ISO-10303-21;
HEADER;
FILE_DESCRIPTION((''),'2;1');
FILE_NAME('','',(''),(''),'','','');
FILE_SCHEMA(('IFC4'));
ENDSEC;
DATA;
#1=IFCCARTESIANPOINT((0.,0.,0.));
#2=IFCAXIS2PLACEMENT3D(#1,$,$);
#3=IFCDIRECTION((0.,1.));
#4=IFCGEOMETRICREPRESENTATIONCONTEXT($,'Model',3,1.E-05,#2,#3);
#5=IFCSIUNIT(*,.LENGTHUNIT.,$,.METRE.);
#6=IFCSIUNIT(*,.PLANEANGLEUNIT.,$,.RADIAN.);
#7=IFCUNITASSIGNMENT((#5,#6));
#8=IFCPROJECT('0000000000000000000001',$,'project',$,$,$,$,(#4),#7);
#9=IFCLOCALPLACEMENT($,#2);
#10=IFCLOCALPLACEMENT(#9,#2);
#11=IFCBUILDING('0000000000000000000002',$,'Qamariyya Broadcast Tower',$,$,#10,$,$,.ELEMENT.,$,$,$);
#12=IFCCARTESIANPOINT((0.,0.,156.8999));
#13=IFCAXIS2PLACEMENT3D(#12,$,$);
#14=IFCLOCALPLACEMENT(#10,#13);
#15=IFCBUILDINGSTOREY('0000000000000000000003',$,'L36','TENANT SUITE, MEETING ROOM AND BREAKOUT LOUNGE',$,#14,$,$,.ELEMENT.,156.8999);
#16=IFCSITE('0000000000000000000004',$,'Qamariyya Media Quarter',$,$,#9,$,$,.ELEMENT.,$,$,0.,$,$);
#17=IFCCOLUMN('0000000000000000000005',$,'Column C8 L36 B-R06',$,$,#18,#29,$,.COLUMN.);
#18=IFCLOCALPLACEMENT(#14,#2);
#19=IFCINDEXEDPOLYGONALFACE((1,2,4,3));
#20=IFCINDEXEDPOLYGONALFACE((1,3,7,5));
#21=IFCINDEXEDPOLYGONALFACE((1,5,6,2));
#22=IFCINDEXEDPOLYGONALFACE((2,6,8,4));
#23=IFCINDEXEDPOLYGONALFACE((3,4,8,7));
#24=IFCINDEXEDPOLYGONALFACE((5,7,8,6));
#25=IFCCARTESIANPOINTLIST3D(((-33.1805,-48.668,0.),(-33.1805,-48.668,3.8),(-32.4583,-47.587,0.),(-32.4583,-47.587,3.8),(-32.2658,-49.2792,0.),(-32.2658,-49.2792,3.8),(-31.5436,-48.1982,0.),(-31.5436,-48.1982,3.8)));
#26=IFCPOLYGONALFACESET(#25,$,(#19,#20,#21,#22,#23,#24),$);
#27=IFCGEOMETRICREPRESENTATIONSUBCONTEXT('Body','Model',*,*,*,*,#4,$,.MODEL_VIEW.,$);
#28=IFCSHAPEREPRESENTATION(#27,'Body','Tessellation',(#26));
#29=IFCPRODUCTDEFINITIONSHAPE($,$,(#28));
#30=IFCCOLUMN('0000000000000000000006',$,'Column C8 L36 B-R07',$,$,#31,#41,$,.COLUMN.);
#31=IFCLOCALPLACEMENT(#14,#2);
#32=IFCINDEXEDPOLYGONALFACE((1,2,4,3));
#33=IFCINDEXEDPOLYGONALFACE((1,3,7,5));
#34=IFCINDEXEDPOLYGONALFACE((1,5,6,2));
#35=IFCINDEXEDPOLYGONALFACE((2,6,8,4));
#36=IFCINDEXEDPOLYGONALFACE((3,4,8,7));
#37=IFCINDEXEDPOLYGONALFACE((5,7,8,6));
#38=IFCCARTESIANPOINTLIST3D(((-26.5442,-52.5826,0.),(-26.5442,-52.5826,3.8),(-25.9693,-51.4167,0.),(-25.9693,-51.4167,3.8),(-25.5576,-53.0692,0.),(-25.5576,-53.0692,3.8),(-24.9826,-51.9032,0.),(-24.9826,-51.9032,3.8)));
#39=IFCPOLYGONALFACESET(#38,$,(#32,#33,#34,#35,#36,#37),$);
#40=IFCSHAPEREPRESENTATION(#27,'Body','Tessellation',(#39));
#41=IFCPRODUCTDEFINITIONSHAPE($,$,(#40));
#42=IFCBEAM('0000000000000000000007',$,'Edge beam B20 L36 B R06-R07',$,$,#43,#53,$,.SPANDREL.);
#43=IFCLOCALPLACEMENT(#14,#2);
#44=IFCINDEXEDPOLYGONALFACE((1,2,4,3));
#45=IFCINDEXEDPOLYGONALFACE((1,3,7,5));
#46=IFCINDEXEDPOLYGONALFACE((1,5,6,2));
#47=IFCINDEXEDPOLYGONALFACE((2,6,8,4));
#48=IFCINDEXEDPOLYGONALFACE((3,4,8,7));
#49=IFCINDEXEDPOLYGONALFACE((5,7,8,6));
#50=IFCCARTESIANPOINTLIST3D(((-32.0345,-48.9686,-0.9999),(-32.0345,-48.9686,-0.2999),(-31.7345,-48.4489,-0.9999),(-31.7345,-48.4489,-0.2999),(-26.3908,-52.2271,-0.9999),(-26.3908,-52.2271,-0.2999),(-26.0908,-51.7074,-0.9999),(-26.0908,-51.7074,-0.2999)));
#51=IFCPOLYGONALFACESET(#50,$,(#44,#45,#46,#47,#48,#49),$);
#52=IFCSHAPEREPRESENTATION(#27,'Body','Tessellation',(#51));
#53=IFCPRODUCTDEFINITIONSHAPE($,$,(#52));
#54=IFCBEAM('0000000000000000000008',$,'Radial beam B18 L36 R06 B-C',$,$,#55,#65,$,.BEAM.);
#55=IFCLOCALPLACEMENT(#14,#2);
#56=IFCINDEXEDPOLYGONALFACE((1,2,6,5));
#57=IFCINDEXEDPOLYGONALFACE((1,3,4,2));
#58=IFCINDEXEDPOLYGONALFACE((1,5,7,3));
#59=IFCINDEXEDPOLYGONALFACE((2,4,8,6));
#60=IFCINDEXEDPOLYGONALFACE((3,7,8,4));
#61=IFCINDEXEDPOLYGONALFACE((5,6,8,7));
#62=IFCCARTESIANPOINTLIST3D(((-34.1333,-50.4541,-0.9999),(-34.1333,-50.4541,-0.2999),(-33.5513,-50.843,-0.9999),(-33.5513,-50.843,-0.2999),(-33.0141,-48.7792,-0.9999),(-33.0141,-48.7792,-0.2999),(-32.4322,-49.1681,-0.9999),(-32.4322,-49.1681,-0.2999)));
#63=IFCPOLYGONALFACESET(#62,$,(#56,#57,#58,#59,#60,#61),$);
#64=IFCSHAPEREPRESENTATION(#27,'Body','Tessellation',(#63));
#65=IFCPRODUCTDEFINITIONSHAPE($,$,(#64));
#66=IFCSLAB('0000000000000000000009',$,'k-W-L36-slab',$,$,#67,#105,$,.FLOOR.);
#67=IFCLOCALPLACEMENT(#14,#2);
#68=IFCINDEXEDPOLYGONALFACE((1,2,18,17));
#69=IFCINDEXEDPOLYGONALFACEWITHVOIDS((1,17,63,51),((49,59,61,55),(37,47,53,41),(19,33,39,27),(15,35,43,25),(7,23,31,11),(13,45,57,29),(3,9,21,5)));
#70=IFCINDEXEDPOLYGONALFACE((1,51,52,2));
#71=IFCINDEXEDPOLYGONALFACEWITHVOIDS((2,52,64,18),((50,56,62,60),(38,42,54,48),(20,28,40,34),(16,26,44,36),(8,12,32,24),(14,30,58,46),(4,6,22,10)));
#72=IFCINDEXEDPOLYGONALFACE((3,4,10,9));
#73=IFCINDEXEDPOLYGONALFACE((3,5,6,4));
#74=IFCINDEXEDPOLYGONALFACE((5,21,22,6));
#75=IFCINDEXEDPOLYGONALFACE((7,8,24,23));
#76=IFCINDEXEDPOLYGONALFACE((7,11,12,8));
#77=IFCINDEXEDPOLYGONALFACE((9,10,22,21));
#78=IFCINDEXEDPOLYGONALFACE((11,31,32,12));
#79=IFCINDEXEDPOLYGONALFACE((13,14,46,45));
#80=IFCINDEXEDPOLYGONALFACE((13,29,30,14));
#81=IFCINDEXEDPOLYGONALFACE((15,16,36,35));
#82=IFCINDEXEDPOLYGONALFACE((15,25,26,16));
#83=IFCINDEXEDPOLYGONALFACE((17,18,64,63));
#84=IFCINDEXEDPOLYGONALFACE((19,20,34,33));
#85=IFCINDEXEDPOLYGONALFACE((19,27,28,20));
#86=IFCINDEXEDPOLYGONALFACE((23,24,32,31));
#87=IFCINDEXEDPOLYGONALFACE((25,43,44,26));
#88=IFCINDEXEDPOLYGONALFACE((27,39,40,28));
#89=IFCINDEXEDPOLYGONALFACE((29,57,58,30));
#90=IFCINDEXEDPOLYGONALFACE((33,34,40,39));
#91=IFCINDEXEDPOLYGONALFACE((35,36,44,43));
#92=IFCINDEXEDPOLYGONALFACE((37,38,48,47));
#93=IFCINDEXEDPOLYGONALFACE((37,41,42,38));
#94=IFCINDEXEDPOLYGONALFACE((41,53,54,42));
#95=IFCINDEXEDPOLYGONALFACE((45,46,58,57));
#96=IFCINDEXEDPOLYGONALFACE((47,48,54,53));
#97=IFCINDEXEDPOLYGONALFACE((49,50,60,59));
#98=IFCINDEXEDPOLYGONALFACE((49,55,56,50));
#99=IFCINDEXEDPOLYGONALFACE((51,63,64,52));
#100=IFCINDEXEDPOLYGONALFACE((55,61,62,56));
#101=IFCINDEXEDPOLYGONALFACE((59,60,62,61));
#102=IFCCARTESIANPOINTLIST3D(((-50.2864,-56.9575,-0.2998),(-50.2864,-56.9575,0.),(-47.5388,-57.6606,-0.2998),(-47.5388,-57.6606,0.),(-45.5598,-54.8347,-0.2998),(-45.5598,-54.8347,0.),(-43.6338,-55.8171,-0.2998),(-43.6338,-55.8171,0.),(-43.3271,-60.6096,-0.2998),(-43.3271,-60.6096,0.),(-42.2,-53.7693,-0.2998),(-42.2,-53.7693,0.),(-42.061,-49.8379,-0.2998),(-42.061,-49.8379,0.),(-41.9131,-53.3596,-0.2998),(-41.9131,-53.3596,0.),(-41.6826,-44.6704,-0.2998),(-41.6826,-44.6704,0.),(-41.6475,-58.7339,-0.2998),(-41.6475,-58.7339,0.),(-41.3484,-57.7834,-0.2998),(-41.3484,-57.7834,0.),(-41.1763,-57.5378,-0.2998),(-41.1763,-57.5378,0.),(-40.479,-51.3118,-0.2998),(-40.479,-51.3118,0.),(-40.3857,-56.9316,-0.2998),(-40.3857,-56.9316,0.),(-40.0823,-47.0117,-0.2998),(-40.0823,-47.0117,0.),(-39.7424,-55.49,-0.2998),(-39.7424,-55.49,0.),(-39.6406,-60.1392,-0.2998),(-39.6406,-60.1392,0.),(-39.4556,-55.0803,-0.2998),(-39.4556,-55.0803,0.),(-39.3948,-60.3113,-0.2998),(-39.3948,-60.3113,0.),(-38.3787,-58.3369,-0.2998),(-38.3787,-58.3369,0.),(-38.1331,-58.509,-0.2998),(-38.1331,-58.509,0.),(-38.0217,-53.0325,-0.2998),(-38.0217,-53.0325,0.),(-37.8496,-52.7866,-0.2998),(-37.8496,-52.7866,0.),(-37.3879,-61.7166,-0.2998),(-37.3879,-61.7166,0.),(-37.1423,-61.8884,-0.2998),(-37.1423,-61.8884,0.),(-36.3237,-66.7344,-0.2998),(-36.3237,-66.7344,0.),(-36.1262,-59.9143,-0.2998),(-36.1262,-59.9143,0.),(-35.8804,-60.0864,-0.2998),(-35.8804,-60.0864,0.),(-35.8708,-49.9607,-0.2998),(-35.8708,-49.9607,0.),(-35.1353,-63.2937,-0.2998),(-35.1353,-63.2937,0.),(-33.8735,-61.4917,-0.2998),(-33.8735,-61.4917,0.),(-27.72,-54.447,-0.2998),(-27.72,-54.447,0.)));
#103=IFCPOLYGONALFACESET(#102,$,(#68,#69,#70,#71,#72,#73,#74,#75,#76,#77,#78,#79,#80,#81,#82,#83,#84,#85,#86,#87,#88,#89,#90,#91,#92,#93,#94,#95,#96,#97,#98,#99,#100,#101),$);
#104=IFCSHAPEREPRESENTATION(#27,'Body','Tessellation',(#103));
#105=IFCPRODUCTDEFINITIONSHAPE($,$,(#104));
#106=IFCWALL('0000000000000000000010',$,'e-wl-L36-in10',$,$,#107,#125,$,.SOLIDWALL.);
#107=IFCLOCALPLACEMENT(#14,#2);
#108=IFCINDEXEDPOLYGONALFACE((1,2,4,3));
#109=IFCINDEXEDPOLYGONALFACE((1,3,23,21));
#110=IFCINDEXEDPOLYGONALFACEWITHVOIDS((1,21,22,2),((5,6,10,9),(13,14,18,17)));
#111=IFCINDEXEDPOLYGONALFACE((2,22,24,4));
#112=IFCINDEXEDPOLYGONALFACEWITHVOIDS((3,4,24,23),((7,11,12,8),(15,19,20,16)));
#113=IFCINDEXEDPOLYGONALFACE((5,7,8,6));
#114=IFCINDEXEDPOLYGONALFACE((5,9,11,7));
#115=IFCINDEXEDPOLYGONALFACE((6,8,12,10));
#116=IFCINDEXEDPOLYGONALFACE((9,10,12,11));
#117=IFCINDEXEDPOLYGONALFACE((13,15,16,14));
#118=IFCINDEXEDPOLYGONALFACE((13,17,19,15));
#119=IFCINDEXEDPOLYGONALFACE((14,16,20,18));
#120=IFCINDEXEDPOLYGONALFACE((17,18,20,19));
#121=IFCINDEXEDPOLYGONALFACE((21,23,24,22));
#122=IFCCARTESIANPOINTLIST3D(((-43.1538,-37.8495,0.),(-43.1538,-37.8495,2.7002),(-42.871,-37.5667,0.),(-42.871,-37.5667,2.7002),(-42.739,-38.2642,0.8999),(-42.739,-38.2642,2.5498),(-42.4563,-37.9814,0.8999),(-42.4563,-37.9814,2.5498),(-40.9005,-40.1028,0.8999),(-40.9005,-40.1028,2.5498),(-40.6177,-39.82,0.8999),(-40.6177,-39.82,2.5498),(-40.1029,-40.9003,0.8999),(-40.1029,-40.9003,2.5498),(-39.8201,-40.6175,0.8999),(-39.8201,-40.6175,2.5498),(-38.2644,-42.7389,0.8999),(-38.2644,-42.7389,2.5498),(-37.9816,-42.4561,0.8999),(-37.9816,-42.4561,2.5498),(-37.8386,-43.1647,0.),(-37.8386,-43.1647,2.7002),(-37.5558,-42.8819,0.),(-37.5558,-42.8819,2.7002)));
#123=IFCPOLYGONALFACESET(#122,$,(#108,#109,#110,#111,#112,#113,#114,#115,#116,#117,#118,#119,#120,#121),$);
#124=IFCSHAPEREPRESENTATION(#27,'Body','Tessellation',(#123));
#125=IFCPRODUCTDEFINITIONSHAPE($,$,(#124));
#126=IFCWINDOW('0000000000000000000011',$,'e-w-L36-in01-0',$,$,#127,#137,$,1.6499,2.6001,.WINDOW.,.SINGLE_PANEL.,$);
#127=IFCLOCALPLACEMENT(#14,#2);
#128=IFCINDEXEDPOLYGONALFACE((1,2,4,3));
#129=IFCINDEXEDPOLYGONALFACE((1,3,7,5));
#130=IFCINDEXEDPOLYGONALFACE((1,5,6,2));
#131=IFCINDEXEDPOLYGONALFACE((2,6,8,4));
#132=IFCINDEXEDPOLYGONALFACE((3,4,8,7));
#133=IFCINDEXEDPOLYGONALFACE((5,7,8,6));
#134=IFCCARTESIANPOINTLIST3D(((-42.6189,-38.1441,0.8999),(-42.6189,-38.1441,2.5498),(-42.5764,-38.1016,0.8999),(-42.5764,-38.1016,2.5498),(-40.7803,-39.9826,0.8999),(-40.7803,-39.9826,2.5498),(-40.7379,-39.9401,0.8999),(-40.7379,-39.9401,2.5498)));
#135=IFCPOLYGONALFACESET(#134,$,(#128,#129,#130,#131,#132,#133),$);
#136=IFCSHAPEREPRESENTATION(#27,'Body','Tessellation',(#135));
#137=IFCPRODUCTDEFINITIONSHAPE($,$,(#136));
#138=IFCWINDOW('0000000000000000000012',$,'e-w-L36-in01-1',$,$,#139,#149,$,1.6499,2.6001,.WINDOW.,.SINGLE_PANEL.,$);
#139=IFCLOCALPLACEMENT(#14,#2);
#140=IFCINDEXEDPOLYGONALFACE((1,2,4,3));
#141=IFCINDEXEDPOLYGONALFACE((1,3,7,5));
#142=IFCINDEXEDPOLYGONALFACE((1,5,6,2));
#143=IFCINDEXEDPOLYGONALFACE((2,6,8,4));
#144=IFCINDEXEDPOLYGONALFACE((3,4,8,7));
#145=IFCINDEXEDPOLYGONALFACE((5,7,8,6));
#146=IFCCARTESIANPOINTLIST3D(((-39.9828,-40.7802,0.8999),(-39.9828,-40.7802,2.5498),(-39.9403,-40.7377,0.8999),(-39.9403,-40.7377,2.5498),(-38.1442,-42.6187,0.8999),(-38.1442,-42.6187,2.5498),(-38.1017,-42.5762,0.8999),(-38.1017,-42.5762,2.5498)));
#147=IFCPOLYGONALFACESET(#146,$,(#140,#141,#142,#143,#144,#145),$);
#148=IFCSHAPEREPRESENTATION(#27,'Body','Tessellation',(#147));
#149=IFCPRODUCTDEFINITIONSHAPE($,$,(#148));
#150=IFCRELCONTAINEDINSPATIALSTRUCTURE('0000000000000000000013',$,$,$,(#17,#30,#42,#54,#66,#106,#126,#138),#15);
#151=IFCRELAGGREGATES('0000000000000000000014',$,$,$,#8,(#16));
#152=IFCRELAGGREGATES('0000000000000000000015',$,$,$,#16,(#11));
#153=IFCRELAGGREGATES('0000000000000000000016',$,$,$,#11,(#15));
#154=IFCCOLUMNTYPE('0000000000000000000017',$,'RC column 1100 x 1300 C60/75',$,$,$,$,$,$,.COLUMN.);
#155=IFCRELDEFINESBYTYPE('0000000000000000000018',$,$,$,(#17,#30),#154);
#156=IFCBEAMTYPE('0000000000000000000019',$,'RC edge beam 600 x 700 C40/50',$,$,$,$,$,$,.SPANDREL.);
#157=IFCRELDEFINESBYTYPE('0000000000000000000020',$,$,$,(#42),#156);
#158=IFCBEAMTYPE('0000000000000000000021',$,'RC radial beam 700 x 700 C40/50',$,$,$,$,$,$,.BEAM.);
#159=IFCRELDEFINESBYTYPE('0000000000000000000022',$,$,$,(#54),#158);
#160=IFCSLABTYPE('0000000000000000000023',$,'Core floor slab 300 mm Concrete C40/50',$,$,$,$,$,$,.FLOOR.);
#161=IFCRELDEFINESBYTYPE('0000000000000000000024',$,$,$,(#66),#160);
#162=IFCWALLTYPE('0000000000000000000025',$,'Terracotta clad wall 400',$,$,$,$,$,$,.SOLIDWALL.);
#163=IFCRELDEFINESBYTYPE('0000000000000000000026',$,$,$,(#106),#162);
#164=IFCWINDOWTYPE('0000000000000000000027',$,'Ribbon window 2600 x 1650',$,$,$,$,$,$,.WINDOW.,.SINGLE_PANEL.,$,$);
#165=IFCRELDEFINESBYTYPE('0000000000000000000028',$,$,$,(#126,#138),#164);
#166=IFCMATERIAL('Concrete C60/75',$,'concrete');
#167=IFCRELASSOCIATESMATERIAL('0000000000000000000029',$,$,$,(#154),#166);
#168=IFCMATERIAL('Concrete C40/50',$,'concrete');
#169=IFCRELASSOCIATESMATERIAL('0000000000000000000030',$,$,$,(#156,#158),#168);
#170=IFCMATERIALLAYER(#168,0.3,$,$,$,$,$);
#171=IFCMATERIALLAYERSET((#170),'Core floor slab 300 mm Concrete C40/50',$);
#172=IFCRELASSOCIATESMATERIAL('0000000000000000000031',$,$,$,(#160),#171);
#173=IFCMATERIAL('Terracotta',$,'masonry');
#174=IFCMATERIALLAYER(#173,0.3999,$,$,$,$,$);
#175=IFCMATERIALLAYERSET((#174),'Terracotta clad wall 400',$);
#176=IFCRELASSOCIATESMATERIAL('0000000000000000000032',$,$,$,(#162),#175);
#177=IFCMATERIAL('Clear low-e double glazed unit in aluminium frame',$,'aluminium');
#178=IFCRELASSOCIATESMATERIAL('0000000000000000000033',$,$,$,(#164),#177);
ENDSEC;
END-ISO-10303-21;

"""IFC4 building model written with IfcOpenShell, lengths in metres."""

from ifc_helpers import new_model, si_unit, direction, frame, frame_2d, origin, origin_2d, place, context, subcontext, project, spatial, polyline, rectangle, outline, extrude, material, layer, layer_set, material_profile, profile_set, type_object, element, fill, save


model = new_model("IFC4")

# Units and contexts
model_context = context("Model", 3, precision=1e-05, world=origin(), true_north=direction((0.0, 1.0)))
body_context = subcontext(model_context, "Body", "Model", "MODEL_VIEW")
ifc_project = project(units=[si_unit("LENGTHUNIT", "METRE"), si_unit("PLANEANGLEUNIT", "RADIAN")], contexts=[model_context])

# Site, building, storey
site_placement = place(None, origin())
site = spatial("IfcSite", under=ifc_project, at=site_placement, Name="Qamariyya Media Quarter", CompositionType="ELEMENT", RefElevation=0.0)
building_placement = place(site_placement, origin())
building = spatial("IfcBuilding", under=site, at=building_placement, Name="Qamariyya Broadcast Tower", CompositionType="ELEMENT")
storey_placement = place(building_placement, frame((0.0, 0.0, 156.8999)))
storey = spatial("IfcBuildingStorey", under=building, at=storey_placement, Name="L36", Description="TENANT SUITE, MEETING ROOM AND BREAKOUT LOUNGE", CompositionType="ELEMENT", Elevation=156.8999)

# Columns
ifc_material_1 = material(Name="Concrete C60/75", Category="concrete")
ifc_material_profile_1 = material_profile(ifc_material_1, rectangle(XDim=1.1001, YDim=1.3, at=origin_2d()))
ifc_profile_set_1 = profile_set([ifc_material_profile_1], Name="Concrete C60/75")
column_type = type_object("IfcColumnType", Name="RC column 1100 x 1300 C60/75", PredefinedType="COLUMN", material=ifc_profile_set_1)
for number, where, z_axis, x_axis, name in (
    (1, (-32.3621, -48.4331, 0.0), (0.0, 0.0, 1.0), (0.83147, -0.55557, 0.0), "Column C8 L36 B-R06"),
    (2, (-25.7634, -52.2429, 0.0), (0.0, 0.0, 1.0), (0.896873, -0.442289, 0.0), "Column C8 L36 B-R07"),
):
    element("IfcColumn", number, at=place(storey_placement, frame(where, z_axis=z_axis, x_axis=x_axis)), inside=storey, type_object=column_type, Name=name, PredefinedType="COLUMN", context=body_context, shape_type="SweptSolid", body=[
        extrude(rectangle(XDim=1.1001, YDim=1.3, at=origin_2d()), origin(), (0.0, 0.0, 1.0), 3.8),
    ])

# Beams
ifc_material_2 = material(Name="Concrete C40/50", Category="concrete")
ifc_material_profile_2 = material_profile(ifc_material_2, rectangle(XDim=0.6001, YDim=0.7, at=origin_2d()))
ifc_profile_set_2 = profile_set([ifc_material_profile_2], Name="Concrete C40/50")
beam_type_1 = type_object("IfcBeamType", Name="RC edge beam 600 x 700 C40/50", PredefinedType="SPANDREL", material=ifc_profile_set_2)
beam_1_placement = place(storey_placement, frame((-31.8845, -48.7087, -0.6499), z_axis=(0.866019, -0.500011, 0.0), x_axis=(0.500011, 0.866019, 0.0)))
element("IfcBeam", 3, at=beam_1_placement, inside=storey, type_object=beam_type_1, Name="Edge beam B20 L36 B R06-R07", PredefinedType="SPANDREL", context=body_context, shape_type="SweptSolid", body=[
    extrude(rectangle(XDim=0.6001, YDim=0.7, at=origin_2d()), origin(), (0.0, 0.0, 1.0), 6.5168),
])
ifc_material_profile_3 = material_profile(ifc_material_2, rectangle(XDim=0.7, YDim=0.7, at=origin_2d()))
ifc_profile_set_3 = profile_set([ifc_material_profile_3], Name="Concrete C40/50")
beam_type_2 = type_object("IfcBeamType", Name="RC radial beam 700 x 700 C40/50", PredefinedType="BEAM", material=ifc_profile_set_3)
beam_2_placement = place(storey_placement, frame((-32.7231, -48.9736, -0.6499), z_axis=(-0.555595, -0.831453, 0.0), x_axis=(0.831453, -0.555595, 0.0)))
element("IfcBeam", 4, at=beam_2_placement, inside=storey, type_object=beam_type_2, Name="Radial beam B18 L36 R06 B-C", PredefinedType="BEAM", context=body_context, shape_type="SweptSolid", body=[
    extrude(rectangle(XDim=0.7, YDim=0.7, at=origin_2d()), origin(), (0.0, 0.0, 1.0), 2.0144),
])

# Slab
ifc_layer_1 = layer(ifc_material_2, 0.3)
ifc_layer_set_1 = layer_set([ifc_layer_1], Name="Core floor slab 300 mm Concrete C40/50")
slab_type_1 = type_object("IfcSlabType", Name="Core floor slab 300 mm Concrete C40/50", PredefinedType="FLOOR", material=ifc_layer_set_1)
slab_1_placement = place(storey_placement, frame((0.0, 0.0, -0.2998)))
element("IfcSlab", 5, at=slab_1_placement, inside=storey, type_object=slab_type_1, Name="k-W-L36-slab", PredefinedType="FLOOR", context=body_context, shape_type="SweptSolid", body=[
    extrude(outline(polyline([(-50.2864, -56.9575), (-36.3237, -66.7344), (-27.72, -54.447), (-41.6826, -44.6704), (-50.2864, -56.9575)]), holes=[polyline([(-33.8735, -61.4917), (-35.8804, -60.0864), (-37.1423, -61.8884), (-35.1353, -63.2937), (-33.8735, -61.4917)]), polyline([(-36.1262, -59.9143), (-38.1331, -58.509), (-39.3948, -60.3113), (-37.3879, -61.7166), (-36.1262, -59.9143)]), polyline([(-38.3787, -58.3369), (-40.3857, -56.9316), (-41.6475, -58.7339), (-39.6406, -60.1392), (-38.3787, -58.3369)]), polyline([(-39.7424, -55.49), (-42.2, -53.7693), (-43.6338, -55.8171), (-41.1763, -57.5378), (-39.7424, -55.49)]), polyline([(-39.4556, -55.0803), (-41.9131, -53.3596), (-40.479, -51.3118), (-38.0217, -53.0325), (-39.4556, -55.0803)]), polyline([(-42.061, -49.8379), (-37.8496, -52.7866), (-35.8708, -49.9607), (-40.0823, -47.0117), (-42.061, -49.8379)]), polyline([(-47.5388, -57.6606), (-43.3271, -60.6096), (-41.3484, -57.7834), (-45.5598, -54.8347), (-47.5388, -57.6606)])]), origin(), (0.0, 0.0, 1.0), 0.2998),
])

# Wall, openings, windows
ifc_material_3 = material(Name="Terracotta", Category="masonry")
ifc_layer_2 = layer(ifc_material_3, 0.3999)
ifc_layer_set_2 = layer_set([ifc_layer_2], Name="Terracotta clad wall 400")
wall_type = type_object("IfcWallType", Name="Terracotta clad wall 400", PredefinedType="SOLIDWALL", material=ifc_layer_set_2)
wall_1_placement = place(storey_placement, frame((-37.6973, -43.0232, 0.0), z_axis=(0.0, 0.0, 1.0), x_axis=(-0.707107, 0.707107, 0.0)))
wall_1 = element("IfcWall", 6, at=wall_1_placement, inside=storey, type_object=wall_type, Name="e-wl-L36-in10", PredefinedType="SOLIDWALL", context=body_context, shape_type="SweptSolid", body=[
    extrude(rectangle(XDim=7.5168, YDim=0.3999, at=frame_2d((3.7583, 0.0))), origin(), (0.0, 0.0, 1.0), 2.7002),
])
opening_1_placement = place(wall_1_placement, frame((4.3301, 0.0, 0.8999)))
opening_1 = element("IfcOpeningElement", 7, at=opening_1_placement, cuts=wall_1, PredefinedType="OPENING", context=body_context, shape_type="SweptSolid", body=[
    extrude(rectangle(XDim=2.6001, YDim=1.6499, at=frame_2d((1.3, 0.825))), frame((0.0, 0.21, 0.0), z_axis=(0.0, -1.0, 0.0), x_axis=(1.0, 0.0, 0.0)), (0.0, 0.0, 1.0), 0.4199),
])
opening_2_placement = place(wall_1_placement, frame((0.6021, 0.0, 0.8999)))
opening_2 = element("IfcOpeningElement", 8, at=opening_2_placement, cuts=wall_1, PredefinedType="OPENING", context=body_context, shape_type="SweptSolid", body=[
    extrude(rectangle(XDim=2.6001, YDim=1.6499, at=frame_2d((1.3, 0.825))), frame((0.0, 0.21, 0.0), z_axis=(0.0, -1.0, 0.0), x_axis=(1.0, 0.0, 0.0)), (0.0, 0.0, 1.0), 0.4199),
])
ifc_material_4 = material(Name="Clear low-e double glazed unit in aluminium frame", Category="aluminium")
window_type = type_object("IfcWindowType", Name="Ribbon window 2600 x 1650", PartitioningType="SINGLE_PANEL", PredefinedType="WINDOW", material=ifc_material_4)
window_1_placement = place(opening_1_placement, origin())
window_1 = element("IfcWindow", 9, at=window_1_placement, inside=storey, type_object=window_type, Name="e-w-L36-in01-0", OverallHeight=1.6499, OverallWidth=2.6001, PartitioningType="SINGLE_PANEL", PredefinedType="WINDOW", context=body_context, shape_type="SweptSolid", body=[
    extrude(rectangle(XDim=2.6001, YDim=1.6499, at=frame_2d((1.3, 0.825))), frame((0.0, 0.03, 0.0), z_axis=(0.0, -1.0, 0.0), x_axis=(1.0, 0.0, 0.0)), (0.0, 0.0, 1.0), 0.0601),
])
fill(opening_1, window_1)
window_2_placement = place(opening_2_placement, origin())
window_2 = element("IfcWindow", 10, at=window_2_placement, inside=storey, type_object=window_type, Name="e-w-L36-in01-1", OverallHeight=1.6499, OverallWidth=2.6001, PartitioningType="SINGLE_PANEL", PredefinedType="WINDOW", context=body_context, shape_type="SweptSolid", body=[
    extrude(rectangle(XDim=2.6001, YDim=1.6499, at=frame_2d((1.3, 0.825))), frame((0.0, 0.03, 0.0), z_axis=(0.0, -1.0, 0.0), x_axis=(1.0, 0.0, 0.0)), (0.0, 0.0, 1.0), 0.0601),
])
fill(opening_2, window_2)

save(model, "model.ifc")
